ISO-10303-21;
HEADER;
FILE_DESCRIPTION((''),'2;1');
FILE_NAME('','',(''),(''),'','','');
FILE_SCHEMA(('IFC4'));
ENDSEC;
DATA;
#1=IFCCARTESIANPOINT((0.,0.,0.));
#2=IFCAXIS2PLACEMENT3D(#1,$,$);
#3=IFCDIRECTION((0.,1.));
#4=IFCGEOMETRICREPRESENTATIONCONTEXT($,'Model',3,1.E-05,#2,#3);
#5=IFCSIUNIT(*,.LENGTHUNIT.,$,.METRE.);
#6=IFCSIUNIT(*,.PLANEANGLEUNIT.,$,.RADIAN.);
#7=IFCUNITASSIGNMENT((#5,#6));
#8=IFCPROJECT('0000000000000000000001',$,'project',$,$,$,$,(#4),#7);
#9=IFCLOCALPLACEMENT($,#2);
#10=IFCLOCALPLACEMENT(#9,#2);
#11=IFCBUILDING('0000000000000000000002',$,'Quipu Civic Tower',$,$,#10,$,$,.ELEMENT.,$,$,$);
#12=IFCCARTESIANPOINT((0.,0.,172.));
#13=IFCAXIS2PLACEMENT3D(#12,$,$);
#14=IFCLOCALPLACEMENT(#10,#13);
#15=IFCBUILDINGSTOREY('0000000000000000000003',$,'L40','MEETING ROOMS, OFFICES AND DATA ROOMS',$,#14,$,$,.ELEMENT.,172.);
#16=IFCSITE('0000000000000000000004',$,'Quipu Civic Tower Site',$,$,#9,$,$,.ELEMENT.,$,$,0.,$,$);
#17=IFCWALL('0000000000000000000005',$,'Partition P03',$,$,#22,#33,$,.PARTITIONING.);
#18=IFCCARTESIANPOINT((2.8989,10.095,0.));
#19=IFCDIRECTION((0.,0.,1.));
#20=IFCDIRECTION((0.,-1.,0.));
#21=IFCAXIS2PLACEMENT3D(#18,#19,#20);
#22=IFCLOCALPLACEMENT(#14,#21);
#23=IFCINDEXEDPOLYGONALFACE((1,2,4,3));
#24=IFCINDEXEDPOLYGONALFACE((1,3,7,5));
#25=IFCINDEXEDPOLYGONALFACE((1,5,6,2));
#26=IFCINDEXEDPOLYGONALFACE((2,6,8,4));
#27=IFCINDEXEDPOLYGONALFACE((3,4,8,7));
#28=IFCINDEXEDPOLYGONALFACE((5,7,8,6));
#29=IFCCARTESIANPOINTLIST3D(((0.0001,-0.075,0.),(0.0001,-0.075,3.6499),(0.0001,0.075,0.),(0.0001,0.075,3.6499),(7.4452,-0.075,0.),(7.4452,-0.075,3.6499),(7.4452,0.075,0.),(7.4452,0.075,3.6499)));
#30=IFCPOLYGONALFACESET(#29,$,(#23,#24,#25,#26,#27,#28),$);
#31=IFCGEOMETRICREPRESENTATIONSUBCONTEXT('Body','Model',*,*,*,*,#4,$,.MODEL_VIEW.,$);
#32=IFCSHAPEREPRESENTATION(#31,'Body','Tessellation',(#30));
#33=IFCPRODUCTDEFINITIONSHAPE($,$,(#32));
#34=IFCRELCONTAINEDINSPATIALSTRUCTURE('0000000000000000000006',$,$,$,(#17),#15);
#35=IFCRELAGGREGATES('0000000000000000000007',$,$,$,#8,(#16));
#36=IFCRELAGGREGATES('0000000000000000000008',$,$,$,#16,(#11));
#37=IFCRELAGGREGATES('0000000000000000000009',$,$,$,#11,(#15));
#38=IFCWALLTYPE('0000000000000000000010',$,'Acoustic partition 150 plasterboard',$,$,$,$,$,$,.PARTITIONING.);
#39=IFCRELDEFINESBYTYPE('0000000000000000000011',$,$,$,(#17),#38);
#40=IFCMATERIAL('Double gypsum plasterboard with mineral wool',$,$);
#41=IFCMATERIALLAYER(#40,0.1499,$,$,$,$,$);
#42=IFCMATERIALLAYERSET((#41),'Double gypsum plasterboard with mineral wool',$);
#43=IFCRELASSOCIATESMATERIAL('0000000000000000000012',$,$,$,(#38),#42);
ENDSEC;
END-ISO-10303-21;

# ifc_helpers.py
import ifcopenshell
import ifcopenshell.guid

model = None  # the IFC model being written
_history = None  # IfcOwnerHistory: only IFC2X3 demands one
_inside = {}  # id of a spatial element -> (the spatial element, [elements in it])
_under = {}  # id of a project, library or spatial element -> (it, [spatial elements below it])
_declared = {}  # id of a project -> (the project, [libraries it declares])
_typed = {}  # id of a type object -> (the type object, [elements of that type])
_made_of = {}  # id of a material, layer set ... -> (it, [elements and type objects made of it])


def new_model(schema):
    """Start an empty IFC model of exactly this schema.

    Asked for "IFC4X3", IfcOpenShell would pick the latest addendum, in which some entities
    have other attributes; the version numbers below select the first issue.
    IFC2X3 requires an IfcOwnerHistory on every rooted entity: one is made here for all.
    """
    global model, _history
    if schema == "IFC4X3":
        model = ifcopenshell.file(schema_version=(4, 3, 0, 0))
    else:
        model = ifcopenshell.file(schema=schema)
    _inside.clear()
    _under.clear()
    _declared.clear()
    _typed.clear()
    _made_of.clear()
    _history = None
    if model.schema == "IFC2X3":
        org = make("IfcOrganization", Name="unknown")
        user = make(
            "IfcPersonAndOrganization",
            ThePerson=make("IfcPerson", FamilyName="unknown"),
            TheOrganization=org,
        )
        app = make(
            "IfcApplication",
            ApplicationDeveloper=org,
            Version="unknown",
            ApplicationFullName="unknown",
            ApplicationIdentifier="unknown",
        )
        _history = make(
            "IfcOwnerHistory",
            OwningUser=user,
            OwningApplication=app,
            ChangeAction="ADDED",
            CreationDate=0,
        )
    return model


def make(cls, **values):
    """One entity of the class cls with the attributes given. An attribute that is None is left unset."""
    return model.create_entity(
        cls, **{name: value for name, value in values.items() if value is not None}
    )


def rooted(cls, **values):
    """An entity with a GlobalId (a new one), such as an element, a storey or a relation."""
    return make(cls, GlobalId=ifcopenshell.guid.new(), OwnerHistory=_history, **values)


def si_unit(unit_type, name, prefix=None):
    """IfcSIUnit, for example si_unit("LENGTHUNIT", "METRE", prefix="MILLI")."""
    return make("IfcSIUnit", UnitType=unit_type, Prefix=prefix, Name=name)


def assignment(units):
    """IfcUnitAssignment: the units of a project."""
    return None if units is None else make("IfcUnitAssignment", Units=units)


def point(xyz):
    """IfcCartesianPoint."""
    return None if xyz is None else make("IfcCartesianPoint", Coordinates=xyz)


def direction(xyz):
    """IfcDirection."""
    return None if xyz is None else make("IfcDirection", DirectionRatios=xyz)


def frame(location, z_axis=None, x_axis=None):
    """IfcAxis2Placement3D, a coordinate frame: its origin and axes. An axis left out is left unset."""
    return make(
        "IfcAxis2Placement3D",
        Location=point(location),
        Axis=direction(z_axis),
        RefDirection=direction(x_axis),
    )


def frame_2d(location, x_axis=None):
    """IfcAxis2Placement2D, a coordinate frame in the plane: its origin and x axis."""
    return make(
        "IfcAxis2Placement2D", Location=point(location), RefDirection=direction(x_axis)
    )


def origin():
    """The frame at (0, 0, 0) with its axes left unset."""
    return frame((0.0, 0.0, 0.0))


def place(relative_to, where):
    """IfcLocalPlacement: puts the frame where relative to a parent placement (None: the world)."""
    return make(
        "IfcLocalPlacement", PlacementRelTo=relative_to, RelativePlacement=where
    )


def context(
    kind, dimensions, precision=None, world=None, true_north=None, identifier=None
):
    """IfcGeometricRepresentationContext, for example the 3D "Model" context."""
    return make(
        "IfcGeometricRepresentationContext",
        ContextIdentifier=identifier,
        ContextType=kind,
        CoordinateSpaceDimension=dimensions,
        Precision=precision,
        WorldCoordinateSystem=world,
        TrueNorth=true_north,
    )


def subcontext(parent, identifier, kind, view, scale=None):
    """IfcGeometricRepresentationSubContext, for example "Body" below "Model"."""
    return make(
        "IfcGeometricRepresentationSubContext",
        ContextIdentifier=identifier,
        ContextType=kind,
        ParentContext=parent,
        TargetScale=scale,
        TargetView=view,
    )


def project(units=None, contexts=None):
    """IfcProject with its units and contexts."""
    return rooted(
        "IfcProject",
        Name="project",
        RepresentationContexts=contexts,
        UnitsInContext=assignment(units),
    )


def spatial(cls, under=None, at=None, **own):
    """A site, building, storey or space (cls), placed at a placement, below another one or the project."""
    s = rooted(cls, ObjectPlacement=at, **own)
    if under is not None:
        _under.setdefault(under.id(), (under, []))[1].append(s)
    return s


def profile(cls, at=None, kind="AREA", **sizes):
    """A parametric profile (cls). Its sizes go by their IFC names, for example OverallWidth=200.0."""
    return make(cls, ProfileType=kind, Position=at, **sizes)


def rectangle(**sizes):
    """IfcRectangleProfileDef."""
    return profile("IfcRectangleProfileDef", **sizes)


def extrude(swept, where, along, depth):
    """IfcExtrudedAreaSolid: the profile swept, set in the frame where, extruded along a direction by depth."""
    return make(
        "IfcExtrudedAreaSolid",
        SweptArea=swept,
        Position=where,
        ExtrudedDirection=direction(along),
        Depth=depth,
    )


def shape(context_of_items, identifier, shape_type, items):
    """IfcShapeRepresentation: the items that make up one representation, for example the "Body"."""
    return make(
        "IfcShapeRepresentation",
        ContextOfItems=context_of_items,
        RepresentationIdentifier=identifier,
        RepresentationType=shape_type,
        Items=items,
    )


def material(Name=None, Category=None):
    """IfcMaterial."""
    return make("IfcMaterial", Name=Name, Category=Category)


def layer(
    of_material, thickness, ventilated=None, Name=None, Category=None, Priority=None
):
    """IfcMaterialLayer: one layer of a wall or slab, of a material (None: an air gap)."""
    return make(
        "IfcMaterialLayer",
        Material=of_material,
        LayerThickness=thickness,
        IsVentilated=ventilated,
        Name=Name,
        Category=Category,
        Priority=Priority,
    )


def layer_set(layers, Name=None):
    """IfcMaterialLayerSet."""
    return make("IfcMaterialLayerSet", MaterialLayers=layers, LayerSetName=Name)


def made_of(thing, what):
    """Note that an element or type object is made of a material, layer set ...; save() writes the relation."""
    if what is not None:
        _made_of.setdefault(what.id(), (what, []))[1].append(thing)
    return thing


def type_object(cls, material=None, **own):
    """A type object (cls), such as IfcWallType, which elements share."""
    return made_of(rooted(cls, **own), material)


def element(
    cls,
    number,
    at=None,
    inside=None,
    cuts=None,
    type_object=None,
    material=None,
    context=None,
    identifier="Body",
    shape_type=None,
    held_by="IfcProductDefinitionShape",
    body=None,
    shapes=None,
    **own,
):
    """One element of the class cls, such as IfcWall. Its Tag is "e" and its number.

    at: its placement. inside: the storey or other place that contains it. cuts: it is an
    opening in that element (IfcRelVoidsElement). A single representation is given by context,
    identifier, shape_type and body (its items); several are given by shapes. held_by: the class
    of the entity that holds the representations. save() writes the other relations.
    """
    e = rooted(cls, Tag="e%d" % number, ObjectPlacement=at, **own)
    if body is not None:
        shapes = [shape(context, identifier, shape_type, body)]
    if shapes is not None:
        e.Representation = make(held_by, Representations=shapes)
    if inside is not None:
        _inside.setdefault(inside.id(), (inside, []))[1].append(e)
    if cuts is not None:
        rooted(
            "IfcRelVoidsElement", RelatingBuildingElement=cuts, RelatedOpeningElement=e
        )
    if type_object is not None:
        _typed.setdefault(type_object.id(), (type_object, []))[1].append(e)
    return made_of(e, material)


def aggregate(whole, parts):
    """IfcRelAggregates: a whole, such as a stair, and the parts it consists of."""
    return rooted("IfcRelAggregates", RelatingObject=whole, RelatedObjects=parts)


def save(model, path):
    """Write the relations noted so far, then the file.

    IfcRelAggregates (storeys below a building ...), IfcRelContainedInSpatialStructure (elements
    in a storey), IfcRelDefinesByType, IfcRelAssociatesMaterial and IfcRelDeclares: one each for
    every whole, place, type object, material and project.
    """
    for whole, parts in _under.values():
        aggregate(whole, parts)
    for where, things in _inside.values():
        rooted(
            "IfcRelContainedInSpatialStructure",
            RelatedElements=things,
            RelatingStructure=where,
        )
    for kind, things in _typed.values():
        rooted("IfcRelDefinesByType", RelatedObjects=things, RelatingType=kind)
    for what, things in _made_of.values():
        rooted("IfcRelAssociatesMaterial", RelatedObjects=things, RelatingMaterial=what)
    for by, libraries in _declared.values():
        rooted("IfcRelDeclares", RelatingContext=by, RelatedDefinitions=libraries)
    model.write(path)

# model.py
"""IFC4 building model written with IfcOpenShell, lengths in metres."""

from ifc_helpers import new_model, si_unit, direction, frame, frame_2d, origin, place, context, subcontext, project, spatial, rectangle, extrude, material, layer, layer_set, type_object, element, save


model = new_model("IFC4")

# Units and contexts
model_context = context("Model", 3, precision=1e-05, world=origin(), true_north=direction((0.0, 1.0)))
body_context = subcontext(model_context, "Body", "Model", "MODEL_VIEW")
ifc_project = project(units=[si_unit("LENGTHUNIT", "METRE"), si_unit("PLANEANGLEUNIT", "RADIAN")], contexts=[model_context])

# Site, building, storey
site_placement = place(None, origin())
site = spatial("IfcSite", under=ifc_project, at=site_placement, Name="Quipu Civic Tower Site", CompositionType="ELEMENT", RefElevation=0.0)
building_placement = place(site_placement, origin())
building = spatial("IfcBuilding", under=site, at=building_placement, Name="Quipu Civic Tower", CompositionType="ELEMENT")
storey_placement = place(building_placement, frame((0.0, 0.0, 172.0)))
storey = spatial("IfcBuildingStorey", under=building, at=storey_placement, Name="L40", Description="MEETING ROOMS, OFFICES AND DATA ROOMS", CompositionType="ELEMENT", Elevation=172.0)

# Wall
ifc_material_1 = material(Name="Double gypsum plasterboard with mineral wool")
ifc_layer_1 = layer(ifc_material_1, 0.1499)
ifc_layer_set_1 = layer_set([ifc_layer_1], Name="Double gypsum plasterboard with mineral wool")
wall_type_1 = type_object("IfcWallType", Name="Acoustic partition 150 plasterboard", PredefinedType="PARTITIONING", material=ifc_layer_set_1)
wall_1_placement = place(storey_placement, frame((2.8989, 10.095, 0.0), z_axis=(0.0, 0.0, 1.0), x_axis=(0.0, -1.0, 0.0)))
element("IfcWall", 1, at=wall_1_placement, inside=storey, type_object=wall_type_1, Name="Partition P03", PredefinedType="PARTITIONING", context=body_context, shape_type="SweptSolid", body=[
    extrude(rectangle(XDim=7.4451, YDim=0.1499, at=frame_2d((3.7227, 0.0))), origin(), (0.0, 0.0, 1.0), 3.6499),
])

save(model, "model.ifc")
